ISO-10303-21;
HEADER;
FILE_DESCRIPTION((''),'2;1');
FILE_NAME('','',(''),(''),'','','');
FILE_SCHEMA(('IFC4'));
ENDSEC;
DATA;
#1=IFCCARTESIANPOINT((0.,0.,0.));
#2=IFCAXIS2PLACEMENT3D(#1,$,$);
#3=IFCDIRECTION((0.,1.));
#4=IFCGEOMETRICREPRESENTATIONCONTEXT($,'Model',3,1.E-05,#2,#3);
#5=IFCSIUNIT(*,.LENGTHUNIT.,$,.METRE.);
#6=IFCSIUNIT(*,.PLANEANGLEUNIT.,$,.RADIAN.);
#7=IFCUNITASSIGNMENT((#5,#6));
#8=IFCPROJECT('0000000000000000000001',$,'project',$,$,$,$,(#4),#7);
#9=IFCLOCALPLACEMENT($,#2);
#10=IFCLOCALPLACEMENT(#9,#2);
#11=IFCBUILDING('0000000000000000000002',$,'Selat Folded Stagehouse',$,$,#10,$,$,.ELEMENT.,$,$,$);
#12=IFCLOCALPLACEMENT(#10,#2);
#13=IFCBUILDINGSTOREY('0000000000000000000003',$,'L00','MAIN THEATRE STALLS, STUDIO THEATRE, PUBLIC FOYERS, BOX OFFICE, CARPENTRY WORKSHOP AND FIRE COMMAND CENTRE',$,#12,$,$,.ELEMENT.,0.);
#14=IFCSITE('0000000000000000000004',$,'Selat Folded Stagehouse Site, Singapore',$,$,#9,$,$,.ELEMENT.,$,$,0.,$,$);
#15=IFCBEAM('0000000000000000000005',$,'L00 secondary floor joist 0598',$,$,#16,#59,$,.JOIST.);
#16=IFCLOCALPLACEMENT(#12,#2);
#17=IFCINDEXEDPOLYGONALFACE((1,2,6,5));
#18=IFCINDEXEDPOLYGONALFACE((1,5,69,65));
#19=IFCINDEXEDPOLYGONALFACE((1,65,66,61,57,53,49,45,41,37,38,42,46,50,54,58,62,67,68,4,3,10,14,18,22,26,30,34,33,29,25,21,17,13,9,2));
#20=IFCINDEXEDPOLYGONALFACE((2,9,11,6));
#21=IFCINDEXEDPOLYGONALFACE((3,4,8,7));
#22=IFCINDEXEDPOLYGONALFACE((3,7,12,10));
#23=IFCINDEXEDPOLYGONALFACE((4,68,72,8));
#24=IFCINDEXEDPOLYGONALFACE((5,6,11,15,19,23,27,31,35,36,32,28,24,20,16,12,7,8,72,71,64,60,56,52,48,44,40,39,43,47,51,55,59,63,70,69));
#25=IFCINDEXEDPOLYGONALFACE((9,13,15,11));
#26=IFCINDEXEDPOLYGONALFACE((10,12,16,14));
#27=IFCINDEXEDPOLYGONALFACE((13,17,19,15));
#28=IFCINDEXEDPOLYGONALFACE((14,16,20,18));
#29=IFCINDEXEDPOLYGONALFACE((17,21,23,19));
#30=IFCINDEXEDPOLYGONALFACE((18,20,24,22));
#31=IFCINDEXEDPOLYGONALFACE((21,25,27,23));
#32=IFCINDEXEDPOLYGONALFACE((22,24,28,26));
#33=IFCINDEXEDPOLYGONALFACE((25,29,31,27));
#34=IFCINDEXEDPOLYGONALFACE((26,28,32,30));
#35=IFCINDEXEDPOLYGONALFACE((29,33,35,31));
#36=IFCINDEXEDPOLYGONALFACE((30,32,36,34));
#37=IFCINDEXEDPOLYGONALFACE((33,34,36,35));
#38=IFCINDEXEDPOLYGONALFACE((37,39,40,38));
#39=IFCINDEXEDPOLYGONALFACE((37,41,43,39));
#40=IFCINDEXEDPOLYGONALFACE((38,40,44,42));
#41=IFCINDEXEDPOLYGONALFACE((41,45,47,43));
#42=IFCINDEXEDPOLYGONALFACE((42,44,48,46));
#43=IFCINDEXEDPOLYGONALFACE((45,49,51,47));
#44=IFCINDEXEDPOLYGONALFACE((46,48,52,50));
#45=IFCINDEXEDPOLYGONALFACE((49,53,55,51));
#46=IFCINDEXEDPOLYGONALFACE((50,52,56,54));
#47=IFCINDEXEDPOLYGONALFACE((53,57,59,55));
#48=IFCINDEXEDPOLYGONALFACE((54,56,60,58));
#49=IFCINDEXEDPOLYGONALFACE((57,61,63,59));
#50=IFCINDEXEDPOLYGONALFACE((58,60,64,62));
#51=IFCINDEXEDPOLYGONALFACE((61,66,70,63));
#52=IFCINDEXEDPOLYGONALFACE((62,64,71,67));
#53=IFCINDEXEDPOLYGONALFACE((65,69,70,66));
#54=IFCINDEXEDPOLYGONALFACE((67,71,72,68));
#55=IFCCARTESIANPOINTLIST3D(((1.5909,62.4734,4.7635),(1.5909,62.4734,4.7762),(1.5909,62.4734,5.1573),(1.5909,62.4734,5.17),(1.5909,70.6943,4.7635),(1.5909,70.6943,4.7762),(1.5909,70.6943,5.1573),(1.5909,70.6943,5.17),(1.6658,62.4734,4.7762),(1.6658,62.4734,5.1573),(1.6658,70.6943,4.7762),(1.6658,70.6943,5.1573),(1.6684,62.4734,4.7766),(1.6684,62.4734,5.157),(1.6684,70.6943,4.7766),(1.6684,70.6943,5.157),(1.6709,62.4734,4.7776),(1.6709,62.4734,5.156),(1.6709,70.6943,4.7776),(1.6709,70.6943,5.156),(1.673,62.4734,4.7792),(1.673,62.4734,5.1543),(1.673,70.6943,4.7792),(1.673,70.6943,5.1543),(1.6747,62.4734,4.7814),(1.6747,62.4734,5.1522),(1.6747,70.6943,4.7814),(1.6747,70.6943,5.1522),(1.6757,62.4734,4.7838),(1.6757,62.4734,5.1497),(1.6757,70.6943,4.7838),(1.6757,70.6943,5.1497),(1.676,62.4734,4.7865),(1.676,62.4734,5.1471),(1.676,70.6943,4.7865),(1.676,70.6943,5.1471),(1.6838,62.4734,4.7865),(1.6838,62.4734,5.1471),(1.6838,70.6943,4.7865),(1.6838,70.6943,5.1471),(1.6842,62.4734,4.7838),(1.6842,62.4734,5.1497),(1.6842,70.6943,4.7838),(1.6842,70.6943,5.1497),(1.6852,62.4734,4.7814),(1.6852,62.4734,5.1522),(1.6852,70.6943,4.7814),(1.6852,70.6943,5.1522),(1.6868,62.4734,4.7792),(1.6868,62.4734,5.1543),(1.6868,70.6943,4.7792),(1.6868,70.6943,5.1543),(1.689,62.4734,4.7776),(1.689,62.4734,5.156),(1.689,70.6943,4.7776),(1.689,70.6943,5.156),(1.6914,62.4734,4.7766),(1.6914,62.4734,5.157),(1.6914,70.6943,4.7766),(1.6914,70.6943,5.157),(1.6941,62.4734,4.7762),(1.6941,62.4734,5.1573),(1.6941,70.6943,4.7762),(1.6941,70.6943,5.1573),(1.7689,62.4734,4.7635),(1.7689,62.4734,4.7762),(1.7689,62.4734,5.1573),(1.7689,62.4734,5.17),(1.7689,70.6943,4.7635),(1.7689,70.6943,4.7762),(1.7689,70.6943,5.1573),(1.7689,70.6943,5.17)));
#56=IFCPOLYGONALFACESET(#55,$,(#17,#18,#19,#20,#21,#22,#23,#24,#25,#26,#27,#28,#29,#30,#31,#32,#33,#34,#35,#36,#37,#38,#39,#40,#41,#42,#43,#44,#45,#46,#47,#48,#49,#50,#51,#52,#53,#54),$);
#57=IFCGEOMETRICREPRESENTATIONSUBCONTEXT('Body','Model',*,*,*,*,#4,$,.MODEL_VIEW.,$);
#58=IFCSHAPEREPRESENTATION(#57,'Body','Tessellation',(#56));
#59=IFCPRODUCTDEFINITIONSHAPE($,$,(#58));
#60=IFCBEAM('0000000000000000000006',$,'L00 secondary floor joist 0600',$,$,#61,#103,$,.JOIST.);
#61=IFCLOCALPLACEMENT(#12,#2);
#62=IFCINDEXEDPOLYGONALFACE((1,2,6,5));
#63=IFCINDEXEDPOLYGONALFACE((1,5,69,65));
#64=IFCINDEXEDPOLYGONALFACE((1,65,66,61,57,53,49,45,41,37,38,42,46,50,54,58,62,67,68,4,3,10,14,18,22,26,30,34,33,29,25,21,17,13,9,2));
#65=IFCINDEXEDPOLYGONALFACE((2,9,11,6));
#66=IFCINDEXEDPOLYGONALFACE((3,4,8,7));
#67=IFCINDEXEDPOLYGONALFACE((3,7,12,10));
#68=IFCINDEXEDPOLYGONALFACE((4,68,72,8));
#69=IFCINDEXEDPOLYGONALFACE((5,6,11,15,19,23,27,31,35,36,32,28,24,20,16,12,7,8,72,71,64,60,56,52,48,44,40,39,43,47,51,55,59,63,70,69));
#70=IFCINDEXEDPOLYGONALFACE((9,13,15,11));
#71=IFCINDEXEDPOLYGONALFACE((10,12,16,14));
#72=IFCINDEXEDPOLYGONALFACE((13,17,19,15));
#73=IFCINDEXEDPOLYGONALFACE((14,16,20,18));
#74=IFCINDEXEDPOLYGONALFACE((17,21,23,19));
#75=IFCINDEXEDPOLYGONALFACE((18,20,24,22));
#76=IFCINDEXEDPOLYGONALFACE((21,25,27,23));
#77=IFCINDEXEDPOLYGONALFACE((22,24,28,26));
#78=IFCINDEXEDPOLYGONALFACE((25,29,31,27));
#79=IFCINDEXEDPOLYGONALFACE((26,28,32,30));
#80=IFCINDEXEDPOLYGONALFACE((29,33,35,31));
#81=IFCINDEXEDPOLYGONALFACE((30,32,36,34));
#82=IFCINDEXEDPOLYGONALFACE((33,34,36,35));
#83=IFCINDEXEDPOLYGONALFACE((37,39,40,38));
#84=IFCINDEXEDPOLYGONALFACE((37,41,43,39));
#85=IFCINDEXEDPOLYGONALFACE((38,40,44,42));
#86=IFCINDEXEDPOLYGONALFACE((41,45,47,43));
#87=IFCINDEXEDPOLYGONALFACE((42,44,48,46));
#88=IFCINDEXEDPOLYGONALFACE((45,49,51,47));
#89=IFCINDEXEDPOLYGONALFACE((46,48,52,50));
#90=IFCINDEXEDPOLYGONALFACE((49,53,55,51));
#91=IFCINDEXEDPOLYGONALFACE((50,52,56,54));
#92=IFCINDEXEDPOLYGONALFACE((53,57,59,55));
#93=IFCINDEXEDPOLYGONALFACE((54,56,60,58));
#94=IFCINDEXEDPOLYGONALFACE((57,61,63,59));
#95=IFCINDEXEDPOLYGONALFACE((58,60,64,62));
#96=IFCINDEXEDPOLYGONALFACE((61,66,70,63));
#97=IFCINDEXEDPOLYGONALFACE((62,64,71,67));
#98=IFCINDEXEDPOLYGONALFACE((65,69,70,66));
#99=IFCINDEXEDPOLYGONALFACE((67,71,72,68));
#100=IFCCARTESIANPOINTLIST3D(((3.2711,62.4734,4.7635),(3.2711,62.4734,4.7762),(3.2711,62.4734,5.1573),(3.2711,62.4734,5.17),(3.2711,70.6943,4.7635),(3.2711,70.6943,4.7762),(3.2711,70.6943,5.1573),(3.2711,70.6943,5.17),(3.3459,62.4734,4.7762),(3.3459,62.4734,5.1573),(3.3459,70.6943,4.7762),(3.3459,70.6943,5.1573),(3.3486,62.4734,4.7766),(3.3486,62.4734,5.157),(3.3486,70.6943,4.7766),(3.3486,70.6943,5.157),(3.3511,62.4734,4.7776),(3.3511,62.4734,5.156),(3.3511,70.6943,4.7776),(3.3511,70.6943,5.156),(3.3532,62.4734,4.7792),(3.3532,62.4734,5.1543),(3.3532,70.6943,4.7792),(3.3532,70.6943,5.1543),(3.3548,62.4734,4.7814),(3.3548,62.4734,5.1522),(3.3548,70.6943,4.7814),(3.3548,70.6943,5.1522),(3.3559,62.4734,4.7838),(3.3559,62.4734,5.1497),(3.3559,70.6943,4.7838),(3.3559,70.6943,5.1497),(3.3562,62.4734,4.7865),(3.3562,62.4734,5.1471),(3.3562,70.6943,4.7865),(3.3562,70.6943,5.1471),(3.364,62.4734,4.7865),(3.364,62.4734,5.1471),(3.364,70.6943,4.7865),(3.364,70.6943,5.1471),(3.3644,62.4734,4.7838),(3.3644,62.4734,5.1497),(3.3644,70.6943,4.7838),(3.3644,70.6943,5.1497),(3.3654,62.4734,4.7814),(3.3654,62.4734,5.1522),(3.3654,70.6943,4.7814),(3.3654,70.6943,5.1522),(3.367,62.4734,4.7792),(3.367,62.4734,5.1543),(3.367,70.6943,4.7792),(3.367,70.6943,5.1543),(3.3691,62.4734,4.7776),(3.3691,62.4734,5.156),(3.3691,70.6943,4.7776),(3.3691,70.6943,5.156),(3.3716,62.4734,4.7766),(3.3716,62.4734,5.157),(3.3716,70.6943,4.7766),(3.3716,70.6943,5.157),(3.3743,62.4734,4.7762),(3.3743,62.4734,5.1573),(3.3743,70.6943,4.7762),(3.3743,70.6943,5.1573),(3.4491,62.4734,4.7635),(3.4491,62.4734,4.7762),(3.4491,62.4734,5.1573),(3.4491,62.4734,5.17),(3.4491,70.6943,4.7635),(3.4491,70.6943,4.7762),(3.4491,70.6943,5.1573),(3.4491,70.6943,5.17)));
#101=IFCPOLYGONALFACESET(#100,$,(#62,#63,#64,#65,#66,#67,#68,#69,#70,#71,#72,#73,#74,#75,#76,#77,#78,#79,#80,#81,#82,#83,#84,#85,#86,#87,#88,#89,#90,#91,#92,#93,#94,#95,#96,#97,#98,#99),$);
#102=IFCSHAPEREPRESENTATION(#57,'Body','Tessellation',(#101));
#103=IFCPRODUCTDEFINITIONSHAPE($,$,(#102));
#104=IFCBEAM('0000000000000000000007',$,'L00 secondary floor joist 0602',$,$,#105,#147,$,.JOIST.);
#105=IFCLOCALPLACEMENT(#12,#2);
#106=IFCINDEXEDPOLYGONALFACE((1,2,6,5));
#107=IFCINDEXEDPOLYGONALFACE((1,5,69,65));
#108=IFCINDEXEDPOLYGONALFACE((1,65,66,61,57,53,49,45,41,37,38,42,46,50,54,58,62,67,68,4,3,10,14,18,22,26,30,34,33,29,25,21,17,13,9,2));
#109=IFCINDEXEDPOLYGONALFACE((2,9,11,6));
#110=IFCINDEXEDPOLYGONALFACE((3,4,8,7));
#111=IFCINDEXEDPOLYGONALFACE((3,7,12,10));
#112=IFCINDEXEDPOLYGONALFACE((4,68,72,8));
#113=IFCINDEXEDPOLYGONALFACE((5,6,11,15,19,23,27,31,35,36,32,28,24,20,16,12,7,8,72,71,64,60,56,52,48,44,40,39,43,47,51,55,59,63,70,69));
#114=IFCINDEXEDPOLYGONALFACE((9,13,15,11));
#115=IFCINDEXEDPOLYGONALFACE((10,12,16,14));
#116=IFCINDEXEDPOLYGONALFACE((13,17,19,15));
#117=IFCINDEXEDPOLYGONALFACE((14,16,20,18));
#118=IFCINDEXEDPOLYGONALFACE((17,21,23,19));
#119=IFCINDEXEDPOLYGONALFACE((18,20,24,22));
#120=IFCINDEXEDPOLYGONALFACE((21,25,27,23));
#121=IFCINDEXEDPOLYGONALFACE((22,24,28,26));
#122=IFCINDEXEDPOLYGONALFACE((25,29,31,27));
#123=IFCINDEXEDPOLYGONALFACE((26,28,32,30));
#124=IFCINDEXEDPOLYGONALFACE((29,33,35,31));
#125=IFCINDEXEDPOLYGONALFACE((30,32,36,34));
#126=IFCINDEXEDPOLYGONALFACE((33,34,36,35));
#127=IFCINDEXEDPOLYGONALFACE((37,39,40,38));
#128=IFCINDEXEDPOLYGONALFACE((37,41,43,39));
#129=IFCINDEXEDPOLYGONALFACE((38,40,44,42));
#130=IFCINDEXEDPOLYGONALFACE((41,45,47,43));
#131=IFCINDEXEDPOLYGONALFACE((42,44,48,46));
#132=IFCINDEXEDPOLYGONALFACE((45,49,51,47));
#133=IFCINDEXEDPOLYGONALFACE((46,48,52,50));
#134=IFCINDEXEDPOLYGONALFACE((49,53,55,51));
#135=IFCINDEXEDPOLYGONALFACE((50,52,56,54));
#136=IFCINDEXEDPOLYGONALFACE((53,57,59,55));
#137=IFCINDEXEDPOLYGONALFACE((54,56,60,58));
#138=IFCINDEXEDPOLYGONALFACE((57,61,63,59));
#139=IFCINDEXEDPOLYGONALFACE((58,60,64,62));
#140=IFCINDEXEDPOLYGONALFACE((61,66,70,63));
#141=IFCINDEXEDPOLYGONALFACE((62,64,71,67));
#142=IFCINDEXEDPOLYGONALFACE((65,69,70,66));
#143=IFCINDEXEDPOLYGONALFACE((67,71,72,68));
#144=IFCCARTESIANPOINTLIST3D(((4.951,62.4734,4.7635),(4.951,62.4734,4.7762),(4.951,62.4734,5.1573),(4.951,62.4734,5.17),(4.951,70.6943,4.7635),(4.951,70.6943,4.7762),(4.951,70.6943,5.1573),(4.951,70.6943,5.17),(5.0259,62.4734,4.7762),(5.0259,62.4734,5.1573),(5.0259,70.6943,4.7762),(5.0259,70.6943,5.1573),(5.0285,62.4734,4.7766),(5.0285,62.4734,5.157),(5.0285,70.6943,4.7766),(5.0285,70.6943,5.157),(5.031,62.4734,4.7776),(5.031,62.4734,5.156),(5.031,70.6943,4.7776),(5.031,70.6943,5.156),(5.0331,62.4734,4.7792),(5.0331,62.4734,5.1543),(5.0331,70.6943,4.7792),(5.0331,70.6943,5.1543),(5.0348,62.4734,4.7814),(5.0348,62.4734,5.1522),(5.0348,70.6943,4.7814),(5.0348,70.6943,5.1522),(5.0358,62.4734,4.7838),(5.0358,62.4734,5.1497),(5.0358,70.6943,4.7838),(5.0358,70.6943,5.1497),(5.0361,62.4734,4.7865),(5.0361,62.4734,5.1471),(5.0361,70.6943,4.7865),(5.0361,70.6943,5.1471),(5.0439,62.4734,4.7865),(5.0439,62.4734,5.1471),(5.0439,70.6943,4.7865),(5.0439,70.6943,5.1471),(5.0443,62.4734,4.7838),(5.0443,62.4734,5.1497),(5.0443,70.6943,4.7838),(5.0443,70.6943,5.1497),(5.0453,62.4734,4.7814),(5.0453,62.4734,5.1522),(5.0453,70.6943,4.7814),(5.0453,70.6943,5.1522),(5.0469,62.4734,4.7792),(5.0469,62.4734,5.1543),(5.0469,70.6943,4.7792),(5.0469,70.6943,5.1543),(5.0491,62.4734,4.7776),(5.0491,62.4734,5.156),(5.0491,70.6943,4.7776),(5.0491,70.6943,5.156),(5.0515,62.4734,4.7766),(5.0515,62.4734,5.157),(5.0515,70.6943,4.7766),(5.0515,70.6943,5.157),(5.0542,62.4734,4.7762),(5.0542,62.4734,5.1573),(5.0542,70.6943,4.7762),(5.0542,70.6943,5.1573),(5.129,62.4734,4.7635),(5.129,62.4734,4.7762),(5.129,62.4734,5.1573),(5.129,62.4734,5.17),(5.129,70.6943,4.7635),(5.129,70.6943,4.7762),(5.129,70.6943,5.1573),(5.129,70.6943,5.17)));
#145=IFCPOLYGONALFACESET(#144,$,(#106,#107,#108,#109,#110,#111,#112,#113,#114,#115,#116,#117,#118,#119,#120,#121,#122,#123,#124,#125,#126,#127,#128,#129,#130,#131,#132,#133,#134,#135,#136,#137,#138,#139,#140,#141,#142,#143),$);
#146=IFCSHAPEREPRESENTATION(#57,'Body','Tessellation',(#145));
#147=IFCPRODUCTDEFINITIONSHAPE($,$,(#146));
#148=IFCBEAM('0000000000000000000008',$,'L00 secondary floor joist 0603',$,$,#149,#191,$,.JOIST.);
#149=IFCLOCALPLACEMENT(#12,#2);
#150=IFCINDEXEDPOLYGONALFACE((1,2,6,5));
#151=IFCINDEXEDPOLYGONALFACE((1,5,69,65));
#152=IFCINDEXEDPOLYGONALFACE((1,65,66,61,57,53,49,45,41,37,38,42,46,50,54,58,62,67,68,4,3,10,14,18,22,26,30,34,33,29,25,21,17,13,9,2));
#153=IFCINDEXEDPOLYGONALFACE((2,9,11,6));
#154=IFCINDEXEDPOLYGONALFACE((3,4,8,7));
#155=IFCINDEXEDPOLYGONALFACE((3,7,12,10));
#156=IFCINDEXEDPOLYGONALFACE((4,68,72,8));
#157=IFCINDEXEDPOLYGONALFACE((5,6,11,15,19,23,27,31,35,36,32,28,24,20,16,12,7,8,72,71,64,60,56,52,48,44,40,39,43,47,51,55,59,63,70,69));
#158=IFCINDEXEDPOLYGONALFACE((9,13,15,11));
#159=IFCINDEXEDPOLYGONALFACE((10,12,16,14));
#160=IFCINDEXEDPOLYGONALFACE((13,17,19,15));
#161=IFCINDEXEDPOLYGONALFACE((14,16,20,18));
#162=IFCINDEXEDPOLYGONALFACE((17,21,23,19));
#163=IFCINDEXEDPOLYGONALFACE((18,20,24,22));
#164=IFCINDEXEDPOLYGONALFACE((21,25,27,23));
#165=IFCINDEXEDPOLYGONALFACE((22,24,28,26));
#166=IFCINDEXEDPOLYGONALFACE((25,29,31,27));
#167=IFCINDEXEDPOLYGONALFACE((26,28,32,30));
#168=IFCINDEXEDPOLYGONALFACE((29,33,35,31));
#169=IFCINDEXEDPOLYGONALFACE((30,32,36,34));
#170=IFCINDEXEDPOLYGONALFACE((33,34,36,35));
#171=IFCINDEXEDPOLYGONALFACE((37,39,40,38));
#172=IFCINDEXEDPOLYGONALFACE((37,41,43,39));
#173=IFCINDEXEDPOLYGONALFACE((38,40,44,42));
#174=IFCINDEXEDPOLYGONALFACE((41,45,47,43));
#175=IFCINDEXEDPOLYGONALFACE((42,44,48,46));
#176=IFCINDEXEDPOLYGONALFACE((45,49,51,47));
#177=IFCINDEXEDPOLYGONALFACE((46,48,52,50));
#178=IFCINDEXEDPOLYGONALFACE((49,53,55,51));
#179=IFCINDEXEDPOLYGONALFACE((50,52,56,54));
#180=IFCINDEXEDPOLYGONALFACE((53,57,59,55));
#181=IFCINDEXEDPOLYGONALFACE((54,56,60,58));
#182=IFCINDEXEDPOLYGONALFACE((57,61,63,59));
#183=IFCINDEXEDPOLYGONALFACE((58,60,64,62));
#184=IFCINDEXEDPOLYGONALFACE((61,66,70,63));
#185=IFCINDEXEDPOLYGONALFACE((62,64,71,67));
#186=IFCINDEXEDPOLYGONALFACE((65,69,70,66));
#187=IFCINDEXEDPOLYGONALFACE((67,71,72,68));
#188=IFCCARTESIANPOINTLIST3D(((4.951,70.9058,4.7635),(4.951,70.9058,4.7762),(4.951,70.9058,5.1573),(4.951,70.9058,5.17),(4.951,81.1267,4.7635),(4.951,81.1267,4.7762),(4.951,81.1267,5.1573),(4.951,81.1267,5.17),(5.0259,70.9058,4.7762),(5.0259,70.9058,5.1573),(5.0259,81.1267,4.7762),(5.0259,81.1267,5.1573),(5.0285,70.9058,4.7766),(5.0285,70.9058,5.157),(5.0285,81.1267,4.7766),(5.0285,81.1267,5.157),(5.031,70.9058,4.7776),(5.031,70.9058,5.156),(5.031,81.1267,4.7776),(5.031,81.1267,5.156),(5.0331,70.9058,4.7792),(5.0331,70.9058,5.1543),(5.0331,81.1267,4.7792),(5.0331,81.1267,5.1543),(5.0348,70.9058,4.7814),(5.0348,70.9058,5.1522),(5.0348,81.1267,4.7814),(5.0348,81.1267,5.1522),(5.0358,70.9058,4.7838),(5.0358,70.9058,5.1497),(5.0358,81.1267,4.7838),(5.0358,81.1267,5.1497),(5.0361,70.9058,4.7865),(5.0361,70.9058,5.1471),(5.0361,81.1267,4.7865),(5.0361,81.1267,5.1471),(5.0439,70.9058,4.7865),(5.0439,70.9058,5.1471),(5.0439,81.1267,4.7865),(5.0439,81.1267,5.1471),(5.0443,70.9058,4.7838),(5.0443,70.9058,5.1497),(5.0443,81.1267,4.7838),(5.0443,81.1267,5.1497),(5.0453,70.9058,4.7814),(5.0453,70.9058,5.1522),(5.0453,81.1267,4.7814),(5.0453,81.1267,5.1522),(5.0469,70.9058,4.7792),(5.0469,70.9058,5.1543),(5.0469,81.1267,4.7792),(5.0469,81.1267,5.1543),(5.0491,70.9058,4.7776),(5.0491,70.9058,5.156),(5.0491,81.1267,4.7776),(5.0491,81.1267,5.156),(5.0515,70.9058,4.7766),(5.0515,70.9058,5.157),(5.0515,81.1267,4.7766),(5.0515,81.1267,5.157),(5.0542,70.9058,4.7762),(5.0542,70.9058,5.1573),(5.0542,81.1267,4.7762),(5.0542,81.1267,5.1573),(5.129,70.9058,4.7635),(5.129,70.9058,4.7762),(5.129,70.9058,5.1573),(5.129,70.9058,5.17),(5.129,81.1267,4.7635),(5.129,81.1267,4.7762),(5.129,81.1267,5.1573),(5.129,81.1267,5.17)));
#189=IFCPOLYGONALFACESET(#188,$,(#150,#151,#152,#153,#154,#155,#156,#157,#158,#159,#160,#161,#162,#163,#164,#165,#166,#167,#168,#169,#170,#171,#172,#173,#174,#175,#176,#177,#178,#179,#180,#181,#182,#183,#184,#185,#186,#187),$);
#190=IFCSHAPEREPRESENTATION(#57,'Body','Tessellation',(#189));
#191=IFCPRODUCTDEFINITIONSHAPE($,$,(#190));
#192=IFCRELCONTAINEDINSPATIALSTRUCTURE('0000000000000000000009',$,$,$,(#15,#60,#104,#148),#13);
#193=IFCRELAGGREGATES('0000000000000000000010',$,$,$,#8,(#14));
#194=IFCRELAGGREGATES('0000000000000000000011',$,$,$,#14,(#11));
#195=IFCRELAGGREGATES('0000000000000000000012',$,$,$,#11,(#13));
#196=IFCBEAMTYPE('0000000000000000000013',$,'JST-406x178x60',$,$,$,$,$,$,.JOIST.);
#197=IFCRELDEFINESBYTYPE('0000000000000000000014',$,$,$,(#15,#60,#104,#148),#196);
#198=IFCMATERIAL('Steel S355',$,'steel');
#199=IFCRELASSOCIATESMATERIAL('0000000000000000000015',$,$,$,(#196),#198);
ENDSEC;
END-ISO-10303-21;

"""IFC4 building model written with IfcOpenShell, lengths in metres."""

from ifc_helpers import new_model, si_unit, direction, frame, origin, origin_2d, place, context, subcontext, project, spatial, i_section, extrude, material, material_profile, profile_set, type_object, element, save


model = new_model("IFC4")

# Units and contexts
model_context = context("Model", 3, precision=1e-05, world=origin(), true_north=direction((0.0, 1.0)))
body_context = subcontext(model_context, "Body", "Model", "MODEL_VIEW")
ifc_project = project(units=[si_unit("LENGTHUNIT", "METRE"), si_unit("PLANEANGLEUNIT", "RADIAN")], contexts=[model_context])

# Site, building, storey
site_placement = place(None, origin())
site = spatial("IfcSite", under=ifc_project, at=site_placement, Name="Selat Folded Stagehouse Site, Singapore", CompositionType="ELEMENT", RefElevation=0.0)
building_placement = place(site_placement, origin())
building = spatial("IfcBuilding", under=site, at=building_placement, Name="Selat Folded Stagehouse", CompositionType="ELEMENT")
storey_placement = place(building_placement, origin())
storey = spatial("IfcBuildingStorey", under=building, at=storey_placement, Name="L00", Description="MAIN THEATRE STALLS, STUDIO THEATRE, PUBLIC FOYERS, BOX OFFICE, CARPENTRY WORKSHOP AND FIRE COMMAND CENTRE", CompositionType="ELEMENT", Elevation=0.0)

# Shared definitions
ifc_material_1 = material(Name="Steel S355", Category="steel")

# Beams
ifc_material_profile_1 = material_profile(ifc_material_1, i_section(OverallWidth=0.178, OverallDepth=0.4065, WebThickness=0.0078, FlangeThickness=0.0127, FilletRadius=0.0103, at=origin_2d()), Name="UKB 406x178x60")
ifc_profile_set_1 = profile_set([ifc_material_profile_1], Name="Steel S355")
beam_type_1 = type_object("IfcBeamType", Name="JST-406x178x60", PredefinedType="JOIST", material=ifc_profile_set_1)
for number, where, z_axis, x_axis, name in (
    (1, (1.6799, 62.4734, 4.9668), (0.0, 1.0, 0.0), (-1.0, 0.0, 0.0), "L00 secondary floor joist 0598"),
    (2, (3.3601, 62.4734, 4.9668), (0.0, 1.0, 0.0), (-1.0, 0.0, 0.0), "L00 secondary floor joist 0600"),
    (3, (5.04, 62.4734, 4.9668), (0.0, 1.0, 0.0), (-1.0, 0.0, 0.0), "L00 secondary floor joist 0602"),
):
    element("IfcBeam", number, at=place(storey_placement, frame(where, z_axis=z_axis, x_axis=x_axis)), inside=storey, type_object=beam_type_1, Name=name, PredefinedType="JOIST", context=body_context, shape_type="SweptSolid", body=[
        extrude(i_section(OverallWidth=0.178, OverallDepth=0.4065, WebThickness=0.0078, FlangeThickness=0.0127, FilletRadius=0.0103, at=origin_2d()), origin(), (0.0, 0.0, 1.0), 8.2209),
    ])
beam_1_placement = place(storey_placement, frame((5.04, 70.9058, 4.9668), z_axis=(0.0, 1.0, 0.0), x_axis=(-1.0, 0.0, 0.0)))
element("IfcBeam", 4, at=beam_1_placement, inside=storey, type_object=beam_type_1, Name="L00 secondary floor joist 0603", PredefinedType="JOIST", context=body_context, shape_type="SweptSolid", body=[
    extrude(i_section(OverallWidth=0.178, OverallDepth=0.4065, WebThickness=0.0078, FlangeThickness=0.0127, FilletRadius=0.0103, at=origin_2d()), origin(), (0.0, 0.0, 1.0), 10.2209),
])

save(model, "model.ifc")
